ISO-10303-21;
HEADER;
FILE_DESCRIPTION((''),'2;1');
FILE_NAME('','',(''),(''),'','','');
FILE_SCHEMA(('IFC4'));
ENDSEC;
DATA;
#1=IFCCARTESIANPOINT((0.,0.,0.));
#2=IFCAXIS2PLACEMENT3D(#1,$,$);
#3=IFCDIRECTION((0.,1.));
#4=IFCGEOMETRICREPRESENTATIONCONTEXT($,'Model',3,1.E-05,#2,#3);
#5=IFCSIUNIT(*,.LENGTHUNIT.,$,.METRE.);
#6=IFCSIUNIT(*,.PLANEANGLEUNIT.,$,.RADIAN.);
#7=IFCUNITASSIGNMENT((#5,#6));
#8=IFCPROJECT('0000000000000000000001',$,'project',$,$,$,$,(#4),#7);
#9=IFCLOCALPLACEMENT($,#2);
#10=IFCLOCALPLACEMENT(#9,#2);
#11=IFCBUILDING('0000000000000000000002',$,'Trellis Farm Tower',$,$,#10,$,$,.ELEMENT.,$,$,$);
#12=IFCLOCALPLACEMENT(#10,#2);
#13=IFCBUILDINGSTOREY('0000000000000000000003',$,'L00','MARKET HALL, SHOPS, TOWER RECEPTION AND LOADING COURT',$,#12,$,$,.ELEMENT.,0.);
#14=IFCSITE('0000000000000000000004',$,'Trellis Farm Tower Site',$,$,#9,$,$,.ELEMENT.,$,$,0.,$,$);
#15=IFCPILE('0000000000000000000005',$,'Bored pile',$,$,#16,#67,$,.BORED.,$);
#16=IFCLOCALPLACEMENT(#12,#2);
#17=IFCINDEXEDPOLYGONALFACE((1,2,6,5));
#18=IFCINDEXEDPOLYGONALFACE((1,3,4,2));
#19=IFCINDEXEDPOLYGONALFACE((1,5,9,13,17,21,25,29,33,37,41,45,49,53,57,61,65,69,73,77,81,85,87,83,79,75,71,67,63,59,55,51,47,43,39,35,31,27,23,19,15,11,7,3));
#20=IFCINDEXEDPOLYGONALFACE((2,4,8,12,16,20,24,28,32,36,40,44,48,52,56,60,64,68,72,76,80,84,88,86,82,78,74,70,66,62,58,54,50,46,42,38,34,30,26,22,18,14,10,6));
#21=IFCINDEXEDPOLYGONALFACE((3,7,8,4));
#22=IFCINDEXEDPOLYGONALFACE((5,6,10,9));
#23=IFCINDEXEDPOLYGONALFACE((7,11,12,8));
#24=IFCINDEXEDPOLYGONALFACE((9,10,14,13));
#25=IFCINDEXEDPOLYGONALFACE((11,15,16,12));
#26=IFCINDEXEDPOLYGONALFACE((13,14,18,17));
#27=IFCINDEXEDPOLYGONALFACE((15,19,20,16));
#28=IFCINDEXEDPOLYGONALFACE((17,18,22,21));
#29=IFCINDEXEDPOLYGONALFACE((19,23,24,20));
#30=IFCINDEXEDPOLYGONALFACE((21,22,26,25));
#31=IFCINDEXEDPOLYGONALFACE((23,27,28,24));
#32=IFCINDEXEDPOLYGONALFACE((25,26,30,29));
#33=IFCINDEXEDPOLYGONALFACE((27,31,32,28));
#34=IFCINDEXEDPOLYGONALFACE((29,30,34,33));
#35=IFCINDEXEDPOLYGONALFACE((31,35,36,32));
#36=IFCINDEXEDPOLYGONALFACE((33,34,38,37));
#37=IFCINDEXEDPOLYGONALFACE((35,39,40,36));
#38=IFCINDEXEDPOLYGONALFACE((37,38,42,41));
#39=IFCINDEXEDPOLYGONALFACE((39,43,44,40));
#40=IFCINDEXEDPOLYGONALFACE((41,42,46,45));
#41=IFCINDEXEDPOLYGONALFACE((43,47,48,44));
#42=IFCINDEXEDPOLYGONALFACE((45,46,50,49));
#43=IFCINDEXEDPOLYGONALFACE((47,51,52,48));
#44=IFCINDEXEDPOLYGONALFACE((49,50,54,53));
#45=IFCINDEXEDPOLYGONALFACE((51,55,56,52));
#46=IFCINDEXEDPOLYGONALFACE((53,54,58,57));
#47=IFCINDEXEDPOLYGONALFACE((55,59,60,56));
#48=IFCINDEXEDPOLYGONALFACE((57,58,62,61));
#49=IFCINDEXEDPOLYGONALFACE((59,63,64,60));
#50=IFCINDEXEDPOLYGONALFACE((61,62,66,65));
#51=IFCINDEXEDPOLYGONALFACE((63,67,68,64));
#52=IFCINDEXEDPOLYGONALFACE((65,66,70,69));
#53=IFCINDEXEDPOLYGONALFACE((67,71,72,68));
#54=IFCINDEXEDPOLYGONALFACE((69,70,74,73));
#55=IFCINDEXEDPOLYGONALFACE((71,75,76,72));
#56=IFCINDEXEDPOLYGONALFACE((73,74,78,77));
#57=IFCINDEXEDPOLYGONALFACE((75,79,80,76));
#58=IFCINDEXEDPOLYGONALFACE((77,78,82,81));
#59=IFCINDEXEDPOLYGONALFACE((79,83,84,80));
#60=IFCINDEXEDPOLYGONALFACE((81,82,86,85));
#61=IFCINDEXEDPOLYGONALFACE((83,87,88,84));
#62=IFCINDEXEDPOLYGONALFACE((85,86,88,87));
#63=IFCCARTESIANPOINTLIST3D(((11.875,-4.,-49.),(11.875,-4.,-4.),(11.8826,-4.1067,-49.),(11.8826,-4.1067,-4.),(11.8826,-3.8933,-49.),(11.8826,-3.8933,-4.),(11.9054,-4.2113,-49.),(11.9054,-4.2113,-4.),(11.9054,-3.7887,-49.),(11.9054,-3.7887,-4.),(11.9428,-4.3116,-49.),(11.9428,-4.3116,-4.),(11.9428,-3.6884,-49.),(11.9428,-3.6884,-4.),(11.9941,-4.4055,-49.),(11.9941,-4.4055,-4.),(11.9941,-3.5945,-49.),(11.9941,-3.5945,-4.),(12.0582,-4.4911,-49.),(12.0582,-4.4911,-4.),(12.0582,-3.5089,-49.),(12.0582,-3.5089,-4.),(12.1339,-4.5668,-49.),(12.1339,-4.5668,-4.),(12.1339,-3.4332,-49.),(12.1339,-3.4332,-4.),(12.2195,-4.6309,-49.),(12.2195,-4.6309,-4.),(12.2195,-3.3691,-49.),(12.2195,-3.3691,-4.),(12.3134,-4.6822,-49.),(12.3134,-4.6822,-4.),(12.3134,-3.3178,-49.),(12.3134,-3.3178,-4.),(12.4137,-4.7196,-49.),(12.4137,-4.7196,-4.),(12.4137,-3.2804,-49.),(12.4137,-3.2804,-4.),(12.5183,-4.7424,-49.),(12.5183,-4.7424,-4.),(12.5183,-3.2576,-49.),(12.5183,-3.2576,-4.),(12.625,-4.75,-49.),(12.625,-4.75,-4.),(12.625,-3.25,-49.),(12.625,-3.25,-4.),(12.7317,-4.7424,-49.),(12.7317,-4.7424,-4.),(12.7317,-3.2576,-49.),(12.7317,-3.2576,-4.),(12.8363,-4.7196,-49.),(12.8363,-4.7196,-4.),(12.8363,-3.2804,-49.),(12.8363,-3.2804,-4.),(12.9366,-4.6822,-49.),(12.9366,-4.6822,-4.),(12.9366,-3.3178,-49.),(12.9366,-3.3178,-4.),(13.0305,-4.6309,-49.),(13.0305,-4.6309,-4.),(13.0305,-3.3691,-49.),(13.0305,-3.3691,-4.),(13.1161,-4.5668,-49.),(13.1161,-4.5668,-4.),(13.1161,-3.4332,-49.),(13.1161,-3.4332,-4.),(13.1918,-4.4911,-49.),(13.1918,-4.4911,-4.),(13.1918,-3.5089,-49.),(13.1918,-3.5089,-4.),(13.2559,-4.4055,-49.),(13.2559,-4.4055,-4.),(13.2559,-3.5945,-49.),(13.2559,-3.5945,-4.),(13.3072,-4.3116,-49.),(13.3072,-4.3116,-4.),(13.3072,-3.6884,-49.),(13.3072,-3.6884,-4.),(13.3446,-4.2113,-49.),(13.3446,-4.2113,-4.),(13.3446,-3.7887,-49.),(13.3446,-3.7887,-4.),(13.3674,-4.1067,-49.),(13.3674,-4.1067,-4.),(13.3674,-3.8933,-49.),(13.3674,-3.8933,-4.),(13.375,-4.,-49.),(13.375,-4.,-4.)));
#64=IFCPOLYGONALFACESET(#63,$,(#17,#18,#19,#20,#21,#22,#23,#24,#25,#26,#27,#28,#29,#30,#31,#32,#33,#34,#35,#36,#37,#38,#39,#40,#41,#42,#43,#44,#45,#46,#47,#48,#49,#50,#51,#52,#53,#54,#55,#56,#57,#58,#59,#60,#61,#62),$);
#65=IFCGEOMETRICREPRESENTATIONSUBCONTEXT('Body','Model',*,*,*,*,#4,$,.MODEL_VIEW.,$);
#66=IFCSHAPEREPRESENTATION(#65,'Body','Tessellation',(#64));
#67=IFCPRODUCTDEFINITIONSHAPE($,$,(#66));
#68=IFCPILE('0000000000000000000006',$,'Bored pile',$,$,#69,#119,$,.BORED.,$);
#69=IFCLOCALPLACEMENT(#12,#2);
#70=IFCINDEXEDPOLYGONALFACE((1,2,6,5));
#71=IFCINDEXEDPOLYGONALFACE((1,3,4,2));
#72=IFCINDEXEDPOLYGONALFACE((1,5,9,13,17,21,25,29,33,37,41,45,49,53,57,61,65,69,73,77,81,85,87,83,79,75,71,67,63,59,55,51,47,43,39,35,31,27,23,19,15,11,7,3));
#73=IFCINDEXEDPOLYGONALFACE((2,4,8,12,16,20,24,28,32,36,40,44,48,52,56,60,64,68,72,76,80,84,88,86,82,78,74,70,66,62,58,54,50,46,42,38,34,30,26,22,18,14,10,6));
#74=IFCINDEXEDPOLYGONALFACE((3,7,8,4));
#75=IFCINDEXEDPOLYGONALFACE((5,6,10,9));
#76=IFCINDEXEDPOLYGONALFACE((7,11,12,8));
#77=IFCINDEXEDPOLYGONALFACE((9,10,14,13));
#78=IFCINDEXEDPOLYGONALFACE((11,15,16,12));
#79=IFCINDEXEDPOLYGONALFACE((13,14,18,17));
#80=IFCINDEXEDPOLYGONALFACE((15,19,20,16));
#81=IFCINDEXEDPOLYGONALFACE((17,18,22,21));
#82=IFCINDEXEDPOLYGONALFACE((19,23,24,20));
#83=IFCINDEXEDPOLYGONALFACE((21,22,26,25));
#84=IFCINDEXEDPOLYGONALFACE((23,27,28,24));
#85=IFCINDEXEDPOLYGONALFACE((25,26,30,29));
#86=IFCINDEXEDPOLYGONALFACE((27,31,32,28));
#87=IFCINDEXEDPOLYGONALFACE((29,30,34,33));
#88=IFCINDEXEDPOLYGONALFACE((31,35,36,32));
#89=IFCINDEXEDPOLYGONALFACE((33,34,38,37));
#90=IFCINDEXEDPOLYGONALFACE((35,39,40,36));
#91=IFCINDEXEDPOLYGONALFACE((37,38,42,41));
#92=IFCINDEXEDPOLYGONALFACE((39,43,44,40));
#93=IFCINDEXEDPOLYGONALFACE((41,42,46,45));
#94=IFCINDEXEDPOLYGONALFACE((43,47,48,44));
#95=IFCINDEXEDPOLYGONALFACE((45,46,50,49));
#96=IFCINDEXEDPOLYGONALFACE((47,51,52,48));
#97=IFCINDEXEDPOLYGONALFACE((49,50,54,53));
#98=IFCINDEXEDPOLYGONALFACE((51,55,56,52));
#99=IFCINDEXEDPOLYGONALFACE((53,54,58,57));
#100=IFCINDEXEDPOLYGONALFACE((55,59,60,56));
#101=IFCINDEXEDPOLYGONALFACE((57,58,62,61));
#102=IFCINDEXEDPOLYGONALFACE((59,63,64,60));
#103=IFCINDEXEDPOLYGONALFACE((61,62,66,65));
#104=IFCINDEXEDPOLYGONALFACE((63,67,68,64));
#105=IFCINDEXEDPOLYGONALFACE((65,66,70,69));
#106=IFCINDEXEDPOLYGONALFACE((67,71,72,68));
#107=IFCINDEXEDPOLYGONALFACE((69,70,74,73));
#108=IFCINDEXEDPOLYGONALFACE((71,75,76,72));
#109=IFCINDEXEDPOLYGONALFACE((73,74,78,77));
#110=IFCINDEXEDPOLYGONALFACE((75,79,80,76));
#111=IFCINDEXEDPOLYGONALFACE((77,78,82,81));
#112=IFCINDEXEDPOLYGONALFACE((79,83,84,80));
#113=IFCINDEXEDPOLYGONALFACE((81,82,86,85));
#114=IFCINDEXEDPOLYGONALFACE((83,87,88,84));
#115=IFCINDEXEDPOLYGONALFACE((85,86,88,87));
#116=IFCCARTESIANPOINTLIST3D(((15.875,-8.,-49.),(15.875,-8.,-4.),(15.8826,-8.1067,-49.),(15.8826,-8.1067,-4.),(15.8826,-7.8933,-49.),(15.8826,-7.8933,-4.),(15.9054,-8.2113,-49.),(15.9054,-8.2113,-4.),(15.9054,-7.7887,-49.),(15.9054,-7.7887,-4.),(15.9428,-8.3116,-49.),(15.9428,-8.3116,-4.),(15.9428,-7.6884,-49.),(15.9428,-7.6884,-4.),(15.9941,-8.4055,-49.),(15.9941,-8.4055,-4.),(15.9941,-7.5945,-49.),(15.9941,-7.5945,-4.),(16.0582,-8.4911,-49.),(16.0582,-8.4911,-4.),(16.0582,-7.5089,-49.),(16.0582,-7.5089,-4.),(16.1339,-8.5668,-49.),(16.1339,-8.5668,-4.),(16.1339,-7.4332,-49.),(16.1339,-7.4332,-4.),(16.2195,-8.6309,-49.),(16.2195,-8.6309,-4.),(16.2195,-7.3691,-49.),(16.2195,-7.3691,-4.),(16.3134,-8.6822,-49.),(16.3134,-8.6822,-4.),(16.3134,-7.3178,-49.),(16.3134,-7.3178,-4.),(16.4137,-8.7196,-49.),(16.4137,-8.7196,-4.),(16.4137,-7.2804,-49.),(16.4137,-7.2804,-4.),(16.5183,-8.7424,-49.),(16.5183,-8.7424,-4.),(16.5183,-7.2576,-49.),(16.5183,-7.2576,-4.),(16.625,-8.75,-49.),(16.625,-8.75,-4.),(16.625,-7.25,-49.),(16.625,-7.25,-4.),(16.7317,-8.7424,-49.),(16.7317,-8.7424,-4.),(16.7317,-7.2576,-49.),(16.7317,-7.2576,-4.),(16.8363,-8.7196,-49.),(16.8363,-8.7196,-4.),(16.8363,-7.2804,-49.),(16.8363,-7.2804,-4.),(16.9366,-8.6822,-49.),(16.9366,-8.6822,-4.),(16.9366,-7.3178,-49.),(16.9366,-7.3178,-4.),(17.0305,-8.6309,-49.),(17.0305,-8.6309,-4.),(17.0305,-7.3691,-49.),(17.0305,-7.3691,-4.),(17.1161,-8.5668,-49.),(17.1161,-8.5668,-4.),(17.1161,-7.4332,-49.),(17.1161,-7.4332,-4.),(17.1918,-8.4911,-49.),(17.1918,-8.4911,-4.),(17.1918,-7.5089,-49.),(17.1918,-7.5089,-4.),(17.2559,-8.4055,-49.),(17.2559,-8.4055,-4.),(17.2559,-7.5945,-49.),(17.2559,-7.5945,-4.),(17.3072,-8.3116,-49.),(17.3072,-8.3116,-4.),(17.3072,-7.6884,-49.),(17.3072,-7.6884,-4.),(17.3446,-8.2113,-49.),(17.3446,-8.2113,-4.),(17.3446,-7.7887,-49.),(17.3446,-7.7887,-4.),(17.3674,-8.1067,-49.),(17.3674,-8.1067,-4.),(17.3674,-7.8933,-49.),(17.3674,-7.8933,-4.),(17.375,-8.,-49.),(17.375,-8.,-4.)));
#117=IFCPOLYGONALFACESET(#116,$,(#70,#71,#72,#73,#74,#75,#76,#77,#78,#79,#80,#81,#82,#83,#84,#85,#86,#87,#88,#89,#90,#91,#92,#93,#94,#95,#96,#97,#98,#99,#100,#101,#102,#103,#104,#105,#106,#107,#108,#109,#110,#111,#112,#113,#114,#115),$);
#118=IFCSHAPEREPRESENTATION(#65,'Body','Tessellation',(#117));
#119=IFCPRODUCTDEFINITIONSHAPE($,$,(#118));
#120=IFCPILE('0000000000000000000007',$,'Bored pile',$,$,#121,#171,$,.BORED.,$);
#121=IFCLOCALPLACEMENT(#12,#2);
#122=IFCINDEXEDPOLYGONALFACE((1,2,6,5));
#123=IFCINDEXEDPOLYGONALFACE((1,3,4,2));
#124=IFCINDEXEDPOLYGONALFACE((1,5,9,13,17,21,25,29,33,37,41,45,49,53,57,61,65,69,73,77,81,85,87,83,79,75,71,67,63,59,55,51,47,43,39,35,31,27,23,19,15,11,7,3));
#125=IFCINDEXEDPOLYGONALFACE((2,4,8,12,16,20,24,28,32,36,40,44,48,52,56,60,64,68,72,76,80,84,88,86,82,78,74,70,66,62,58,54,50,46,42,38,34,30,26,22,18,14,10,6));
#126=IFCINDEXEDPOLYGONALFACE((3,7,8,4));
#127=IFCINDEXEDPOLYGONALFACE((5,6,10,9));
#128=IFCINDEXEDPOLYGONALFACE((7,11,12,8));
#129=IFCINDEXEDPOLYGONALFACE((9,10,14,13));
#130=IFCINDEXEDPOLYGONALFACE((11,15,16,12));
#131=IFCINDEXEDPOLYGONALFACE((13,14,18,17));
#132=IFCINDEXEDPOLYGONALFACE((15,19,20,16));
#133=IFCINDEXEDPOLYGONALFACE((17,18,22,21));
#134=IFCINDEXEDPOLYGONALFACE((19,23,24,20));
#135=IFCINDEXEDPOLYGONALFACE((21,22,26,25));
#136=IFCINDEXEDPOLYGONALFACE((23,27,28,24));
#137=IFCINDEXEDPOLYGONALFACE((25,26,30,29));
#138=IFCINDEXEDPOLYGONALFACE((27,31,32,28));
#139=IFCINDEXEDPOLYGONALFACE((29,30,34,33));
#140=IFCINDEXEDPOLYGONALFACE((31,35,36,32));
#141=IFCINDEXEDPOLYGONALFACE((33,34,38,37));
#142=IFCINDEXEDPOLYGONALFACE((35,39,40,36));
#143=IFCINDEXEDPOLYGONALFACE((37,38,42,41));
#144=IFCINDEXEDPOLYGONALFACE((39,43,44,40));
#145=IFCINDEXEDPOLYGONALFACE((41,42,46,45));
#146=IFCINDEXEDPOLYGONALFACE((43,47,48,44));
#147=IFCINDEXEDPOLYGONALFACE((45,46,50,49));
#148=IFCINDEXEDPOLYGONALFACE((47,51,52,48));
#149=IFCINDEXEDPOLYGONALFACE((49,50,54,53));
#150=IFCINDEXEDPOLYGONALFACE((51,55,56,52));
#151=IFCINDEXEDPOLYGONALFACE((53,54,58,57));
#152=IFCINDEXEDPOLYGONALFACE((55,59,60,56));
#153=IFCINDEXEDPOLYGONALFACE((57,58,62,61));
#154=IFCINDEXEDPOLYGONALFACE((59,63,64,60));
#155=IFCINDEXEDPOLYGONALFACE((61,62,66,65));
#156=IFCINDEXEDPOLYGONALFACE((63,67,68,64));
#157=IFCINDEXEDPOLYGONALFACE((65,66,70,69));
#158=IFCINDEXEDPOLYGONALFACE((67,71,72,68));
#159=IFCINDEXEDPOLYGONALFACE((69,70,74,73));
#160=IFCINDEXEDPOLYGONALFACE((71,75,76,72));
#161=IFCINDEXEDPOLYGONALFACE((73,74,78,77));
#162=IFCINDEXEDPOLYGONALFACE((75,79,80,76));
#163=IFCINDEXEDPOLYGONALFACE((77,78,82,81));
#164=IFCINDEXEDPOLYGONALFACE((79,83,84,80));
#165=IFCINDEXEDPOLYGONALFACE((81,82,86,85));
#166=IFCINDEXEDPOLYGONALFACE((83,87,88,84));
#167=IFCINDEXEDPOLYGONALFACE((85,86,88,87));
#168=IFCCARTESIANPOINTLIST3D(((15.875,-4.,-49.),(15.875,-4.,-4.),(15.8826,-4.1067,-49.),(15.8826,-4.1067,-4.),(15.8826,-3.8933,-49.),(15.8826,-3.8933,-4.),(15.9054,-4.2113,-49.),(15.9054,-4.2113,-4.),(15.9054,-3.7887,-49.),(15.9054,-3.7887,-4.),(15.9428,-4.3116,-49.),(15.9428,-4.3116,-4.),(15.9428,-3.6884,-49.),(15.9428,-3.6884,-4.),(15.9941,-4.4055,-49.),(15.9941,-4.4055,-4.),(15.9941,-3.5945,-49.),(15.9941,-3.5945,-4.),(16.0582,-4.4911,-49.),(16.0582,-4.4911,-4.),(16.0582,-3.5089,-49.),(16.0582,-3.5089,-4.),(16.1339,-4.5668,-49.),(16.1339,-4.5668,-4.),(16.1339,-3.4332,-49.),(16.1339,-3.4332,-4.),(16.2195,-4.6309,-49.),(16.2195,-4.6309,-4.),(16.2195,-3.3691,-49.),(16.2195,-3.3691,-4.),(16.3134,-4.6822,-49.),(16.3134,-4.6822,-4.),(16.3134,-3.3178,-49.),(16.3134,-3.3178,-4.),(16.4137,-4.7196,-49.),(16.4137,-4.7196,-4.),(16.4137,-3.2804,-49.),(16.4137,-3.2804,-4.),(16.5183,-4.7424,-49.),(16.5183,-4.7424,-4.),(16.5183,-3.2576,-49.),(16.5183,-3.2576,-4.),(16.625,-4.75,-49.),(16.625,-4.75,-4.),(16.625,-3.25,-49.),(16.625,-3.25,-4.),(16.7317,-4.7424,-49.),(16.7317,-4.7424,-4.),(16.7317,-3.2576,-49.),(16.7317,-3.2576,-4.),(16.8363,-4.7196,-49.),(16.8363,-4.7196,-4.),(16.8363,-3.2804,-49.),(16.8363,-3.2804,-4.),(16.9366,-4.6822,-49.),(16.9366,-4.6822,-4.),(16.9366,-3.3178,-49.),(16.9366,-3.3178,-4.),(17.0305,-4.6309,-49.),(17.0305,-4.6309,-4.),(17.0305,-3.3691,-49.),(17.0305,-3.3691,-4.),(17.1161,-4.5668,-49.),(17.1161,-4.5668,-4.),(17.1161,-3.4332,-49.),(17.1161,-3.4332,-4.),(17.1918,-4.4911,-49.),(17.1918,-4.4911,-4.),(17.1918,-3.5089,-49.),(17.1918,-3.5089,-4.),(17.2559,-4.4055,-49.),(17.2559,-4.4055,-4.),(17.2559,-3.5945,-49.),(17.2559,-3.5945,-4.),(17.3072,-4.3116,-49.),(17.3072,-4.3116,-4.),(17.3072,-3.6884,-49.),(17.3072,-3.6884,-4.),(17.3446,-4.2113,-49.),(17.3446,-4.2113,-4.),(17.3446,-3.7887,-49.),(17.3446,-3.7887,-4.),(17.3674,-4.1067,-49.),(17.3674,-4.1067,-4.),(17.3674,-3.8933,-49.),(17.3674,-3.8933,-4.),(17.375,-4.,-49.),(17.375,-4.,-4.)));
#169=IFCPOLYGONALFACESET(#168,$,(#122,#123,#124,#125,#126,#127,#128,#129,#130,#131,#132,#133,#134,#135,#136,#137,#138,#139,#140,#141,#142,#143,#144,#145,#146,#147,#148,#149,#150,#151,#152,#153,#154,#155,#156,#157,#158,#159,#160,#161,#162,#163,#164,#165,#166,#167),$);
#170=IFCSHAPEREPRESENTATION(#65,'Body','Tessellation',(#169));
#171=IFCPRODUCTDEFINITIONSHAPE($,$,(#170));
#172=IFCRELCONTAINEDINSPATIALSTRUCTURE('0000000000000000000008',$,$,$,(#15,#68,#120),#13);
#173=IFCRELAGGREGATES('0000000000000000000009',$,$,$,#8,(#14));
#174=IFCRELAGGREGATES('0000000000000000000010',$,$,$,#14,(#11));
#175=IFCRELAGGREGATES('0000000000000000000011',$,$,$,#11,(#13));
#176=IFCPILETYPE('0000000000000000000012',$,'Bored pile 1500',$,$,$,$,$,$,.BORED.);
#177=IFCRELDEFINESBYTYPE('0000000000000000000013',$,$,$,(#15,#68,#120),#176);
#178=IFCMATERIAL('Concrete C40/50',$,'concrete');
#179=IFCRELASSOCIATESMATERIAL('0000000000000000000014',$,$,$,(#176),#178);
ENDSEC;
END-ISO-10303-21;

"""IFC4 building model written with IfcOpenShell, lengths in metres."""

from ifc_helpers import new_model, si_unit, direction, frame, origin, origin_2d, place, context, subcontext, project, spatial, circle, extrude, source, transform, mapped, material, material_profile, profile_set, type_object, element, save


model = new_model("IFC4")

# Units and contexts
model_context = context("Model", 3, precision=1e-05, world=origin(), true_north=direction((0.0, 1.0)))
body_context = subcontext(model_context, "Body", "Model", "MODEL_VIEW")
ifc_project = project(units=[si_unit("LENGTHUNIT", "METRE"), si_unit("PLANEANGLEUNIT", "RADIAN")], contexts=[model_context])

# Site, building, storey
site_placement = place(None, origin())
site = spatial("IfcSite", under=ifc_project, at=site_placement, Name="Trellis Farm Tower Site", CompositionType="ELEMENT", RefElevation=0.0)
building_placement = place(site_placement, origin())
building = spatial("IfcBuilding", under=site, at=building_placement, Name="Trellis Farm Tower", CompositionType="ELEMENT")
storey_placement = place(building_placement, origin())
storey = spatial("IfcBuildingStorey", under=building, at=storey_placement, Name="L00", Description="MARKET HALL, SHOPS, TOWER RECEPTION AND LOADING COURT", CompositionType="ELEMENT", Elevation=0.0)

# Piles
ifc_material_1 = material(Name="Concrete C40/50", Category="concrete")
ifc_material_profile = material_profile(ifc_material_1, circle(Radius=0.75, at=origin_2d()), Name="Bored pile 1500")
ifc_profile_set = profile_set([ifc_material_profile], Name="Concrete C40/50")
pile_type = type_object("IfcPileType", Name="Bored pile 1500", PredefinedType="BORED", material=ifc_profile_set)
shared_shape_1 = source(origin(), body_context, "Body", "SweptSolid", [
    extrude(circle(Radius=0.75, at=origin_2d()), origin(), (0.0, 0.0, 1.0), 45.0),
])
for number, where, z_axis, x_axis, name in (
    (1, (12.625, -4.0, -4.0), (0.0, 0.0, -1.0), (1.0, 0.0, 0.0), "Bored pile"),
    (2, (16.625, -8.0, -4.0), (0.0, 0.0, -1.0), (1.0, 0.0, 0.0), "Bored pile"),
    (3, (16.625, -4.0, -4.0), (0.0, 0.0, -1.0), (1.0, 0.0, 0.0), "Bored pile"),
):
    element("IfcPile", number, at=place(storey_placement, frame(where, z_axis=z_axis, x_axis=x_axis)), inside=storey, type_object=pile_type, Name=name, PredefinedType="BORED", context=body_context, shape_type="MappedRepresentation", body=[
        mapped(shared_shape_1, transform((0.0, 0.0, 0.0))),
    ])

save(model, "model.ifc")
